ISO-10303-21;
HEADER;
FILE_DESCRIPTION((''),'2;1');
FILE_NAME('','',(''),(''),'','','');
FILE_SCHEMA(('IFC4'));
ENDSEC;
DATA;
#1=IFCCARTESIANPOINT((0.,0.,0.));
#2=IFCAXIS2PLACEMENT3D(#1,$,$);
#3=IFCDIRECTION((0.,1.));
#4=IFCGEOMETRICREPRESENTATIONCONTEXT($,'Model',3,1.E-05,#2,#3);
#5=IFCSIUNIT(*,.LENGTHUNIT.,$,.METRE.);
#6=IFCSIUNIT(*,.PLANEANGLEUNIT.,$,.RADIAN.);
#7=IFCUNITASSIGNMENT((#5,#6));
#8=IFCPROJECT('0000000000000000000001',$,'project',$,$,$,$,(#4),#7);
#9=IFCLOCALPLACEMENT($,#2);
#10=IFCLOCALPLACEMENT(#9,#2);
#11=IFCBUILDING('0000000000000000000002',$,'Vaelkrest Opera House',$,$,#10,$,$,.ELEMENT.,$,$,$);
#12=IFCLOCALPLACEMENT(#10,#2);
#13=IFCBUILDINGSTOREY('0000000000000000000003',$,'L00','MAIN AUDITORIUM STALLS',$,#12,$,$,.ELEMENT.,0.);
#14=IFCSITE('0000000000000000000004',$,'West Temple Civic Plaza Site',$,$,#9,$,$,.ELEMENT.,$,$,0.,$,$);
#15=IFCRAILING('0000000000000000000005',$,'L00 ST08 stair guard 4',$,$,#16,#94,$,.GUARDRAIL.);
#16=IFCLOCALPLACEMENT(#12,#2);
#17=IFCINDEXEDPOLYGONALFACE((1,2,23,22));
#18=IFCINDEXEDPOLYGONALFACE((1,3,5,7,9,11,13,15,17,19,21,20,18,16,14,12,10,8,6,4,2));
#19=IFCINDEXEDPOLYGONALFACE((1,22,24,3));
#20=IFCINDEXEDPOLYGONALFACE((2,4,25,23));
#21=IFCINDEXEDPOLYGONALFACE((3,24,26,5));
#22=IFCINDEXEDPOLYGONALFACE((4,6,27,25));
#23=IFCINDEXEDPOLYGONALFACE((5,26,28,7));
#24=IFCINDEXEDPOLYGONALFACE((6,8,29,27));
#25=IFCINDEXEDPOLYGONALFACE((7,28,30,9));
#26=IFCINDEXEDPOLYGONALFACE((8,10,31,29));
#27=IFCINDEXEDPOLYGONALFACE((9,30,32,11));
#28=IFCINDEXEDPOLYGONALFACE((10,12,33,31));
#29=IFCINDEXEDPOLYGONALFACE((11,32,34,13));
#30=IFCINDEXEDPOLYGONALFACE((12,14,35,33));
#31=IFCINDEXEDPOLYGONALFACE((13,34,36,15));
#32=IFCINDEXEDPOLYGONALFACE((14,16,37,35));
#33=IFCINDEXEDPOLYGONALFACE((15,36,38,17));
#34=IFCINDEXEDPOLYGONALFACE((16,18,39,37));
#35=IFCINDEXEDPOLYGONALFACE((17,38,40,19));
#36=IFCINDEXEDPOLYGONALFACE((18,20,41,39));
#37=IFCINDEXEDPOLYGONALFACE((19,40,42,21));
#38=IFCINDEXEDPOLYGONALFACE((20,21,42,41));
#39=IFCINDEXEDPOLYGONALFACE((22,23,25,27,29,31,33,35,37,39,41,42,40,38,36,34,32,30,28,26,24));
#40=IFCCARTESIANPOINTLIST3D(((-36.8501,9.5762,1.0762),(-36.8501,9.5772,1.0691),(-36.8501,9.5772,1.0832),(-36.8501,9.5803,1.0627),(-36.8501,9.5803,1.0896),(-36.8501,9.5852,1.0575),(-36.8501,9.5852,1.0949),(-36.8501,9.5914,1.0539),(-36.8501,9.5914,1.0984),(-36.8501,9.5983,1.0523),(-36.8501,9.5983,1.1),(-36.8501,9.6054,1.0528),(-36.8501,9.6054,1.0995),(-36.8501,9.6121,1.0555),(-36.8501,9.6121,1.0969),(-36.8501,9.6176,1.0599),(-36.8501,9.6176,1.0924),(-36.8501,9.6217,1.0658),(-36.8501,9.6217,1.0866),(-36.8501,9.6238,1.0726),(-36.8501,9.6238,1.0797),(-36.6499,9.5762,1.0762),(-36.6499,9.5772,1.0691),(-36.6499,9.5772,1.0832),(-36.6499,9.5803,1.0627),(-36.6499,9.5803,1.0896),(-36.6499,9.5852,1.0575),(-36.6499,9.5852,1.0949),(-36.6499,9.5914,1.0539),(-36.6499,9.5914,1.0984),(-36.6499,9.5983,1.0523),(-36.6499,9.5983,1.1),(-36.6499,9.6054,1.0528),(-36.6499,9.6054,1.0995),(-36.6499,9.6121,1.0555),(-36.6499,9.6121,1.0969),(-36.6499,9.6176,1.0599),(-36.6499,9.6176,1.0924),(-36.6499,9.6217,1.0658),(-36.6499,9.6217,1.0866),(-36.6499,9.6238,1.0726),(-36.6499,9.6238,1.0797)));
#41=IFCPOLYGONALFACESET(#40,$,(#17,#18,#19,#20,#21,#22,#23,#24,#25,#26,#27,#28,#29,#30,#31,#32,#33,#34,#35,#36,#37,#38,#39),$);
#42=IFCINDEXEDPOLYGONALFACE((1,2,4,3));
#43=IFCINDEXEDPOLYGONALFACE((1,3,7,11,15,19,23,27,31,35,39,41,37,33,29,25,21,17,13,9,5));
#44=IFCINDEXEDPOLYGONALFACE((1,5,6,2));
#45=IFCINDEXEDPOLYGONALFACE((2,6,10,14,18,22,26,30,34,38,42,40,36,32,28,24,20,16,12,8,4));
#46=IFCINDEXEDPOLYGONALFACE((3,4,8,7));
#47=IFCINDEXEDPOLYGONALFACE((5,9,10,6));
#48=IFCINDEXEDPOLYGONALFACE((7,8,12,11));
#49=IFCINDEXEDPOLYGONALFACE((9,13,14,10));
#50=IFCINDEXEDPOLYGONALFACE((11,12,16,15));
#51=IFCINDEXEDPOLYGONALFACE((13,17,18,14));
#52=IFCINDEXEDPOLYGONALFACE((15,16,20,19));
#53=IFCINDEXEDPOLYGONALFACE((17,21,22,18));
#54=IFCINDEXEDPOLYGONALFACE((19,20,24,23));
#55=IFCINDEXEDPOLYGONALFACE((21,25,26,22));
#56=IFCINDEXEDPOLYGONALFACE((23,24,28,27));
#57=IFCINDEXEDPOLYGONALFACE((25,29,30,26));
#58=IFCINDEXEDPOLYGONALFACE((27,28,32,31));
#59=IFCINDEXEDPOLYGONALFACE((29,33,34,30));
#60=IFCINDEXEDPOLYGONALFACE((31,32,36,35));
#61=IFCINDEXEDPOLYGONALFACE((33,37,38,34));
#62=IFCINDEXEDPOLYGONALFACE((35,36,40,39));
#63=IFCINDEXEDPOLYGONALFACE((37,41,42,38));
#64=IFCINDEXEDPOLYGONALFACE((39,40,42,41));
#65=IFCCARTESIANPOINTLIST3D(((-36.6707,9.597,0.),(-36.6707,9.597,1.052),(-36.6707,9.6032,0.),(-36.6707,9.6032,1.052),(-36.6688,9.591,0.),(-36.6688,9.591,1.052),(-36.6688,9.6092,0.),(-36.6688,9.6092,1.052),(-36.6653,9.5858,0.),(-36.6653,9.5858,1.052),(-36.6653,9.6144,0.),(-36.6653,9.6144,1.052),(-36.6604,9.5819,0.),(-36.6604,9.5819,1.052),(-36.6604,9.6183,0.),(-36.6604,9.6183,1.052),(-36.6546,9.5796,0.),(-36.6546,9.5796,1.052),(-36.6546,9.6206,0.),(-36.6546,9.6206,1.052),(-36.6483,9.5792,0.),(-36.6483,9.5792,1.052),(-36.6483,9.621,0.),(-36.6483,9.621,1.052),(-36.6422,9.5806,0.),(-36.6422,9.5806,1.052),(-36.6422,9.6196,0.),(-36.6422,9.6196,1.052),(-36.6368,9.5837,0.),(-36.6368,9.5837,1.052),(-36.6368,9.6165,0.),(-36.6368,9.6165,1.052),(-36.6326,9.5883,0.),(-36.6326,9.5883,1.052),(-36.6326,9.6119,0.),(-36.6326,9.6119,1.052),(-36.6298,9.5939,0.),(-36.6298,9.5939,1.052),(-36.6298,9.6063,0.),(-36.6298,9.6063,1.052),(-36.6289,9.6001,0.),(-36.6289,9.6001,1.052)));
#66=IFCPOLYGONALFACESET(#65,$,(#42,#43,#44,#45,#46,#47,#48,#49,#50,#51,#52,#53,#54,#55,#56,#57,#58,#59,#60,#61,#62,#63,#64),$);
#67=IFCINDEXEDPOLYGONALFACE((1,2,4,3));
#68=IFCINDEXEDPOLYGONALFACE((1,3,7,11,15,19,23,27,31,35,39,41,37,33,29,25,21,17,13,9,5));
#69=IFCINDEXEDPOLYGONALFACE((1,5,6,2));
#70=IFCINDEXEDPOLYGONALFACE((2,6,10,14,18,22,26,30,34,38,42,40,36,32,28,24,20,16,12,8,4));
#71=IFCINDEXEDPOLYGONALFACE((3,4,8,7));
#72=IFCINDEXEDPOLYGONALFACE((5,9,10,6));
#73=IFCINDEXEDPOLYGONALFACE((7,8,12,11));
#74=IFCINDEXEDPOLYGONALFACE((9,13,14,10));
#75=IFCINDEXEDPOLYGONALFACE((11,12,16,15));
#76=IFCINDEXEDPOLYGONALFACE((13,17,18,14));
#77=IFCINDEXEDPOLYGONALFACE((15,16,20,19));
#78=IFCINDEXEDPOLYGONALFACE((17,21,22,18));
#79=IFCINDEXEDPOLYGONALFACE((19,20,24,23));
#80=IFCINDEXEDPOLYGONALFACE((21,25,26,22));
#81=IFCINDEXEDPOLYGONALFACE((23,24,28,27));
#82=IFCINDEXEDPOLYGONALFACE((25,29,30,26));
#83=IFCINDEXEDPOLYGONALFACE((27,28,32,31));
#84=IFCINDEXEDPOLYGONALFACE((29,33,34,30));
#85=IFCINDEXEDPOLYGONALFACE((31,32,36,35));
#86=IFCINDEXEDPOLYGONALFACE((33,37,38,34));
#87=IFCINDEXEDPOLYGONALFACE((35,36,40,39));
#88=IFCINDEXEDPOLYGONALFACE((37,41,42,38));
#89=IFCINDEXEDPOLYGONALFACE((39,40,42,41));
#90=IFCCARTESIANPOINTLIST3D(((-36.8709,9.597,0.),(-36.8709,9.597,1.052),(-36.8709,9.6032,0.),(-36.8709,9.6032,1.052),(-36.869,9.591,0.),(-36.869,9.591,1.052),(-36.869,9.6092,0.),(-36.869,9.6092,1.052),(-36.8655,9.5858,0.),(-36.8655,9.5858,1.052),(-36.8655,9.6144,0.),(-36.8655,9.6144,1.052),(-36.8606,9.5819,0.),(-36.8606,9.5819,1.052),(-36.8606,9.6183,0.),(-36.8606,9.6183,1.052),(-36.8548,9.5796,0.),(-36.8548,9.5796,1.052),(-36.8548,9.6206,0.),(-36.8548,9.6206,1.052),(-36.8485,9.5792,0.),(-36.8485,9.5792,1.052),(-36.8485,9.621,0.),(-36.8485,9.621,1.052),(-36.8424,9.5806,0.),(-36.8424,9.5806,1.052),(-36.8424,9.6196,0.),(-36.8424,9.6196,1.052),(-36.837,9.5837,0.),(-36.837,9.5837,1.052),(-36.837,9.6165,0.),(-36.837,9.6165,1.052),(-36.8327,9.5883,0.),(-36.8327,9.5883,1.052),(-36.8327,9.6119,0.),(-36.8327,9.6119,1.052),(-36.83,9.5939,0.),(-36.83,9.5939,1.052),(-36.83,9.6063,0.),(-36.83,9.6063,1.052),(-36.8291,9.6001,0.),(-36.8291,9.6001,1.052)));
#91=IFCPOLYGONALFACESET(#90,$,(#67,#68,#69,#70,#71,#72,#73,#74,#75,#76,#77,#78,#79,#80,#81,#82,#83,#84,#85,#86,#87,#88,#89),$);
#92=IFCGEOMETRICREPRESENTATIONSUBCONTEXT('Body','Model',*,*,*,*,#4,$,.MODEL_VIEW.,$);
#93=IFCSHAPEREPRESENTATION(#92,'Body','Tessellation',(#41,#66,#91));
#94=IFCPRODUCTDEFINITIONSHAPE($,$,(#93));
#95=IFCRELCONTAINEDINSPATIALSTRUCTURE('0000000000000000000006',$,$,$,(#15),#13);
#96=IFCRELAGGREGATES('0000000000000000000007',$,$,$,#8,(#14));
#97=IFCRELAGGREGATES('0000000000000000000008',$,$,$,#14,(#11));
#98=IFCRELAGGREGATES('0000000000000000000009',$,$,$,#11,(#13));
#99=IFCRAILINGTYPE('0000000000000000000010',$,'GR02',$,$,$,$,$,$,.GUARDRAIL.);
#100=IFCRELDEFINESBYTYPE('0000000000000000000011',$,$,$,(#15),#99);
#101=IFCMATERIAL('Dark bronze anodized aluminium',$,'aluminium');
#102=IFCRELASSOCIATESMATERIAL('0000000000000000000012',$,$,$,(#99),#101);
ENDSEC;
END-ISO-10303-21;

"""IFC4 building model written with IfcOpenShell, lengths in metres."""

from ifc_helpers import new_model, si_unit, direction, frame, origin, origin_2d, place, context, subcontext, project, spatial, circle, extrude, material, type_object, element, save


model = new_model("IFC4")

# Units and contexts
model_context = context("Model", 3, precision=1e-05, world=origin(), true_north=direction((0.0, 1.0)))
body_context = subcontext(model_context, "Body", "Model", "MODEL_VIEW")
ifc_project = project(units=[si_unit("LENGTHUNIT", "METRE"), si_unit("PLANEANGLEUNIT", "RADIAN")], contexts=[model_context])

# Site, building, storey
site_placement = place(None, origin())
site = spatial("IfcSite", under=ifc_project, at=site_placement, Name="West Temple Civic Plaza Site", CompositionType="ELEMENT", RefElevation=0.0)
building_placement = place(site_placement, origin())
building = spatial("IfcBuilding", under=site, at=building_placement, Name="Vaelkrest Opera House", CompositionType="ELEMENT")
storey_placement = place(building_placement, origin())
storey = spatial("IfcBuildingStorey", under=building, at=storey_placement, Name="L00", Description="MAIN AUDITORIUM STALLS", CompositionType="ELEMENT", Elevation=0.0)

# Shared definitions
ifc_material_1 = material(Name="Dark bronze anodized aluminium", Category="aluminium")

# Railing
railing_type_1 = type_object("IfcRailingType", Name="GR02", PredefinedType="GUARDRAIL", material=ifc_material_1)
railing_1_placement = place(storey_placement, frame((-36.6499, 9.6001, 0.0)))
element("IfcRailing", 1, at=railing_1_placement, inside=storey, type_object=railing_type_1, Name="L00 ST08 stair guard 4", PredefinedType="GUARDRAIL", context=body_context, shape_type="SweptSolid", body=[
    extrude(circle(Radius=0.0239, at=origin_2d()), frame((0.0, 0.0, 1.0762), z_axis=(-1.0, 0.0, 0.0), x_axis=(0.0, -1.0, 0.0)), (0.0, 0.0, 1.0), 0.2002),
    extrude(circle(Radius=0.021, at=origin_2d()), origin(), (0.0, 0.0, 1.0), 1.052),
    extrude(circle(Radius=0.021, at=origin_2d()), frame((-0.2002, 0.0, 0.0)), (0.0, 0.0, 1.0), 1.052),
])

save(model, "model.ifc")
